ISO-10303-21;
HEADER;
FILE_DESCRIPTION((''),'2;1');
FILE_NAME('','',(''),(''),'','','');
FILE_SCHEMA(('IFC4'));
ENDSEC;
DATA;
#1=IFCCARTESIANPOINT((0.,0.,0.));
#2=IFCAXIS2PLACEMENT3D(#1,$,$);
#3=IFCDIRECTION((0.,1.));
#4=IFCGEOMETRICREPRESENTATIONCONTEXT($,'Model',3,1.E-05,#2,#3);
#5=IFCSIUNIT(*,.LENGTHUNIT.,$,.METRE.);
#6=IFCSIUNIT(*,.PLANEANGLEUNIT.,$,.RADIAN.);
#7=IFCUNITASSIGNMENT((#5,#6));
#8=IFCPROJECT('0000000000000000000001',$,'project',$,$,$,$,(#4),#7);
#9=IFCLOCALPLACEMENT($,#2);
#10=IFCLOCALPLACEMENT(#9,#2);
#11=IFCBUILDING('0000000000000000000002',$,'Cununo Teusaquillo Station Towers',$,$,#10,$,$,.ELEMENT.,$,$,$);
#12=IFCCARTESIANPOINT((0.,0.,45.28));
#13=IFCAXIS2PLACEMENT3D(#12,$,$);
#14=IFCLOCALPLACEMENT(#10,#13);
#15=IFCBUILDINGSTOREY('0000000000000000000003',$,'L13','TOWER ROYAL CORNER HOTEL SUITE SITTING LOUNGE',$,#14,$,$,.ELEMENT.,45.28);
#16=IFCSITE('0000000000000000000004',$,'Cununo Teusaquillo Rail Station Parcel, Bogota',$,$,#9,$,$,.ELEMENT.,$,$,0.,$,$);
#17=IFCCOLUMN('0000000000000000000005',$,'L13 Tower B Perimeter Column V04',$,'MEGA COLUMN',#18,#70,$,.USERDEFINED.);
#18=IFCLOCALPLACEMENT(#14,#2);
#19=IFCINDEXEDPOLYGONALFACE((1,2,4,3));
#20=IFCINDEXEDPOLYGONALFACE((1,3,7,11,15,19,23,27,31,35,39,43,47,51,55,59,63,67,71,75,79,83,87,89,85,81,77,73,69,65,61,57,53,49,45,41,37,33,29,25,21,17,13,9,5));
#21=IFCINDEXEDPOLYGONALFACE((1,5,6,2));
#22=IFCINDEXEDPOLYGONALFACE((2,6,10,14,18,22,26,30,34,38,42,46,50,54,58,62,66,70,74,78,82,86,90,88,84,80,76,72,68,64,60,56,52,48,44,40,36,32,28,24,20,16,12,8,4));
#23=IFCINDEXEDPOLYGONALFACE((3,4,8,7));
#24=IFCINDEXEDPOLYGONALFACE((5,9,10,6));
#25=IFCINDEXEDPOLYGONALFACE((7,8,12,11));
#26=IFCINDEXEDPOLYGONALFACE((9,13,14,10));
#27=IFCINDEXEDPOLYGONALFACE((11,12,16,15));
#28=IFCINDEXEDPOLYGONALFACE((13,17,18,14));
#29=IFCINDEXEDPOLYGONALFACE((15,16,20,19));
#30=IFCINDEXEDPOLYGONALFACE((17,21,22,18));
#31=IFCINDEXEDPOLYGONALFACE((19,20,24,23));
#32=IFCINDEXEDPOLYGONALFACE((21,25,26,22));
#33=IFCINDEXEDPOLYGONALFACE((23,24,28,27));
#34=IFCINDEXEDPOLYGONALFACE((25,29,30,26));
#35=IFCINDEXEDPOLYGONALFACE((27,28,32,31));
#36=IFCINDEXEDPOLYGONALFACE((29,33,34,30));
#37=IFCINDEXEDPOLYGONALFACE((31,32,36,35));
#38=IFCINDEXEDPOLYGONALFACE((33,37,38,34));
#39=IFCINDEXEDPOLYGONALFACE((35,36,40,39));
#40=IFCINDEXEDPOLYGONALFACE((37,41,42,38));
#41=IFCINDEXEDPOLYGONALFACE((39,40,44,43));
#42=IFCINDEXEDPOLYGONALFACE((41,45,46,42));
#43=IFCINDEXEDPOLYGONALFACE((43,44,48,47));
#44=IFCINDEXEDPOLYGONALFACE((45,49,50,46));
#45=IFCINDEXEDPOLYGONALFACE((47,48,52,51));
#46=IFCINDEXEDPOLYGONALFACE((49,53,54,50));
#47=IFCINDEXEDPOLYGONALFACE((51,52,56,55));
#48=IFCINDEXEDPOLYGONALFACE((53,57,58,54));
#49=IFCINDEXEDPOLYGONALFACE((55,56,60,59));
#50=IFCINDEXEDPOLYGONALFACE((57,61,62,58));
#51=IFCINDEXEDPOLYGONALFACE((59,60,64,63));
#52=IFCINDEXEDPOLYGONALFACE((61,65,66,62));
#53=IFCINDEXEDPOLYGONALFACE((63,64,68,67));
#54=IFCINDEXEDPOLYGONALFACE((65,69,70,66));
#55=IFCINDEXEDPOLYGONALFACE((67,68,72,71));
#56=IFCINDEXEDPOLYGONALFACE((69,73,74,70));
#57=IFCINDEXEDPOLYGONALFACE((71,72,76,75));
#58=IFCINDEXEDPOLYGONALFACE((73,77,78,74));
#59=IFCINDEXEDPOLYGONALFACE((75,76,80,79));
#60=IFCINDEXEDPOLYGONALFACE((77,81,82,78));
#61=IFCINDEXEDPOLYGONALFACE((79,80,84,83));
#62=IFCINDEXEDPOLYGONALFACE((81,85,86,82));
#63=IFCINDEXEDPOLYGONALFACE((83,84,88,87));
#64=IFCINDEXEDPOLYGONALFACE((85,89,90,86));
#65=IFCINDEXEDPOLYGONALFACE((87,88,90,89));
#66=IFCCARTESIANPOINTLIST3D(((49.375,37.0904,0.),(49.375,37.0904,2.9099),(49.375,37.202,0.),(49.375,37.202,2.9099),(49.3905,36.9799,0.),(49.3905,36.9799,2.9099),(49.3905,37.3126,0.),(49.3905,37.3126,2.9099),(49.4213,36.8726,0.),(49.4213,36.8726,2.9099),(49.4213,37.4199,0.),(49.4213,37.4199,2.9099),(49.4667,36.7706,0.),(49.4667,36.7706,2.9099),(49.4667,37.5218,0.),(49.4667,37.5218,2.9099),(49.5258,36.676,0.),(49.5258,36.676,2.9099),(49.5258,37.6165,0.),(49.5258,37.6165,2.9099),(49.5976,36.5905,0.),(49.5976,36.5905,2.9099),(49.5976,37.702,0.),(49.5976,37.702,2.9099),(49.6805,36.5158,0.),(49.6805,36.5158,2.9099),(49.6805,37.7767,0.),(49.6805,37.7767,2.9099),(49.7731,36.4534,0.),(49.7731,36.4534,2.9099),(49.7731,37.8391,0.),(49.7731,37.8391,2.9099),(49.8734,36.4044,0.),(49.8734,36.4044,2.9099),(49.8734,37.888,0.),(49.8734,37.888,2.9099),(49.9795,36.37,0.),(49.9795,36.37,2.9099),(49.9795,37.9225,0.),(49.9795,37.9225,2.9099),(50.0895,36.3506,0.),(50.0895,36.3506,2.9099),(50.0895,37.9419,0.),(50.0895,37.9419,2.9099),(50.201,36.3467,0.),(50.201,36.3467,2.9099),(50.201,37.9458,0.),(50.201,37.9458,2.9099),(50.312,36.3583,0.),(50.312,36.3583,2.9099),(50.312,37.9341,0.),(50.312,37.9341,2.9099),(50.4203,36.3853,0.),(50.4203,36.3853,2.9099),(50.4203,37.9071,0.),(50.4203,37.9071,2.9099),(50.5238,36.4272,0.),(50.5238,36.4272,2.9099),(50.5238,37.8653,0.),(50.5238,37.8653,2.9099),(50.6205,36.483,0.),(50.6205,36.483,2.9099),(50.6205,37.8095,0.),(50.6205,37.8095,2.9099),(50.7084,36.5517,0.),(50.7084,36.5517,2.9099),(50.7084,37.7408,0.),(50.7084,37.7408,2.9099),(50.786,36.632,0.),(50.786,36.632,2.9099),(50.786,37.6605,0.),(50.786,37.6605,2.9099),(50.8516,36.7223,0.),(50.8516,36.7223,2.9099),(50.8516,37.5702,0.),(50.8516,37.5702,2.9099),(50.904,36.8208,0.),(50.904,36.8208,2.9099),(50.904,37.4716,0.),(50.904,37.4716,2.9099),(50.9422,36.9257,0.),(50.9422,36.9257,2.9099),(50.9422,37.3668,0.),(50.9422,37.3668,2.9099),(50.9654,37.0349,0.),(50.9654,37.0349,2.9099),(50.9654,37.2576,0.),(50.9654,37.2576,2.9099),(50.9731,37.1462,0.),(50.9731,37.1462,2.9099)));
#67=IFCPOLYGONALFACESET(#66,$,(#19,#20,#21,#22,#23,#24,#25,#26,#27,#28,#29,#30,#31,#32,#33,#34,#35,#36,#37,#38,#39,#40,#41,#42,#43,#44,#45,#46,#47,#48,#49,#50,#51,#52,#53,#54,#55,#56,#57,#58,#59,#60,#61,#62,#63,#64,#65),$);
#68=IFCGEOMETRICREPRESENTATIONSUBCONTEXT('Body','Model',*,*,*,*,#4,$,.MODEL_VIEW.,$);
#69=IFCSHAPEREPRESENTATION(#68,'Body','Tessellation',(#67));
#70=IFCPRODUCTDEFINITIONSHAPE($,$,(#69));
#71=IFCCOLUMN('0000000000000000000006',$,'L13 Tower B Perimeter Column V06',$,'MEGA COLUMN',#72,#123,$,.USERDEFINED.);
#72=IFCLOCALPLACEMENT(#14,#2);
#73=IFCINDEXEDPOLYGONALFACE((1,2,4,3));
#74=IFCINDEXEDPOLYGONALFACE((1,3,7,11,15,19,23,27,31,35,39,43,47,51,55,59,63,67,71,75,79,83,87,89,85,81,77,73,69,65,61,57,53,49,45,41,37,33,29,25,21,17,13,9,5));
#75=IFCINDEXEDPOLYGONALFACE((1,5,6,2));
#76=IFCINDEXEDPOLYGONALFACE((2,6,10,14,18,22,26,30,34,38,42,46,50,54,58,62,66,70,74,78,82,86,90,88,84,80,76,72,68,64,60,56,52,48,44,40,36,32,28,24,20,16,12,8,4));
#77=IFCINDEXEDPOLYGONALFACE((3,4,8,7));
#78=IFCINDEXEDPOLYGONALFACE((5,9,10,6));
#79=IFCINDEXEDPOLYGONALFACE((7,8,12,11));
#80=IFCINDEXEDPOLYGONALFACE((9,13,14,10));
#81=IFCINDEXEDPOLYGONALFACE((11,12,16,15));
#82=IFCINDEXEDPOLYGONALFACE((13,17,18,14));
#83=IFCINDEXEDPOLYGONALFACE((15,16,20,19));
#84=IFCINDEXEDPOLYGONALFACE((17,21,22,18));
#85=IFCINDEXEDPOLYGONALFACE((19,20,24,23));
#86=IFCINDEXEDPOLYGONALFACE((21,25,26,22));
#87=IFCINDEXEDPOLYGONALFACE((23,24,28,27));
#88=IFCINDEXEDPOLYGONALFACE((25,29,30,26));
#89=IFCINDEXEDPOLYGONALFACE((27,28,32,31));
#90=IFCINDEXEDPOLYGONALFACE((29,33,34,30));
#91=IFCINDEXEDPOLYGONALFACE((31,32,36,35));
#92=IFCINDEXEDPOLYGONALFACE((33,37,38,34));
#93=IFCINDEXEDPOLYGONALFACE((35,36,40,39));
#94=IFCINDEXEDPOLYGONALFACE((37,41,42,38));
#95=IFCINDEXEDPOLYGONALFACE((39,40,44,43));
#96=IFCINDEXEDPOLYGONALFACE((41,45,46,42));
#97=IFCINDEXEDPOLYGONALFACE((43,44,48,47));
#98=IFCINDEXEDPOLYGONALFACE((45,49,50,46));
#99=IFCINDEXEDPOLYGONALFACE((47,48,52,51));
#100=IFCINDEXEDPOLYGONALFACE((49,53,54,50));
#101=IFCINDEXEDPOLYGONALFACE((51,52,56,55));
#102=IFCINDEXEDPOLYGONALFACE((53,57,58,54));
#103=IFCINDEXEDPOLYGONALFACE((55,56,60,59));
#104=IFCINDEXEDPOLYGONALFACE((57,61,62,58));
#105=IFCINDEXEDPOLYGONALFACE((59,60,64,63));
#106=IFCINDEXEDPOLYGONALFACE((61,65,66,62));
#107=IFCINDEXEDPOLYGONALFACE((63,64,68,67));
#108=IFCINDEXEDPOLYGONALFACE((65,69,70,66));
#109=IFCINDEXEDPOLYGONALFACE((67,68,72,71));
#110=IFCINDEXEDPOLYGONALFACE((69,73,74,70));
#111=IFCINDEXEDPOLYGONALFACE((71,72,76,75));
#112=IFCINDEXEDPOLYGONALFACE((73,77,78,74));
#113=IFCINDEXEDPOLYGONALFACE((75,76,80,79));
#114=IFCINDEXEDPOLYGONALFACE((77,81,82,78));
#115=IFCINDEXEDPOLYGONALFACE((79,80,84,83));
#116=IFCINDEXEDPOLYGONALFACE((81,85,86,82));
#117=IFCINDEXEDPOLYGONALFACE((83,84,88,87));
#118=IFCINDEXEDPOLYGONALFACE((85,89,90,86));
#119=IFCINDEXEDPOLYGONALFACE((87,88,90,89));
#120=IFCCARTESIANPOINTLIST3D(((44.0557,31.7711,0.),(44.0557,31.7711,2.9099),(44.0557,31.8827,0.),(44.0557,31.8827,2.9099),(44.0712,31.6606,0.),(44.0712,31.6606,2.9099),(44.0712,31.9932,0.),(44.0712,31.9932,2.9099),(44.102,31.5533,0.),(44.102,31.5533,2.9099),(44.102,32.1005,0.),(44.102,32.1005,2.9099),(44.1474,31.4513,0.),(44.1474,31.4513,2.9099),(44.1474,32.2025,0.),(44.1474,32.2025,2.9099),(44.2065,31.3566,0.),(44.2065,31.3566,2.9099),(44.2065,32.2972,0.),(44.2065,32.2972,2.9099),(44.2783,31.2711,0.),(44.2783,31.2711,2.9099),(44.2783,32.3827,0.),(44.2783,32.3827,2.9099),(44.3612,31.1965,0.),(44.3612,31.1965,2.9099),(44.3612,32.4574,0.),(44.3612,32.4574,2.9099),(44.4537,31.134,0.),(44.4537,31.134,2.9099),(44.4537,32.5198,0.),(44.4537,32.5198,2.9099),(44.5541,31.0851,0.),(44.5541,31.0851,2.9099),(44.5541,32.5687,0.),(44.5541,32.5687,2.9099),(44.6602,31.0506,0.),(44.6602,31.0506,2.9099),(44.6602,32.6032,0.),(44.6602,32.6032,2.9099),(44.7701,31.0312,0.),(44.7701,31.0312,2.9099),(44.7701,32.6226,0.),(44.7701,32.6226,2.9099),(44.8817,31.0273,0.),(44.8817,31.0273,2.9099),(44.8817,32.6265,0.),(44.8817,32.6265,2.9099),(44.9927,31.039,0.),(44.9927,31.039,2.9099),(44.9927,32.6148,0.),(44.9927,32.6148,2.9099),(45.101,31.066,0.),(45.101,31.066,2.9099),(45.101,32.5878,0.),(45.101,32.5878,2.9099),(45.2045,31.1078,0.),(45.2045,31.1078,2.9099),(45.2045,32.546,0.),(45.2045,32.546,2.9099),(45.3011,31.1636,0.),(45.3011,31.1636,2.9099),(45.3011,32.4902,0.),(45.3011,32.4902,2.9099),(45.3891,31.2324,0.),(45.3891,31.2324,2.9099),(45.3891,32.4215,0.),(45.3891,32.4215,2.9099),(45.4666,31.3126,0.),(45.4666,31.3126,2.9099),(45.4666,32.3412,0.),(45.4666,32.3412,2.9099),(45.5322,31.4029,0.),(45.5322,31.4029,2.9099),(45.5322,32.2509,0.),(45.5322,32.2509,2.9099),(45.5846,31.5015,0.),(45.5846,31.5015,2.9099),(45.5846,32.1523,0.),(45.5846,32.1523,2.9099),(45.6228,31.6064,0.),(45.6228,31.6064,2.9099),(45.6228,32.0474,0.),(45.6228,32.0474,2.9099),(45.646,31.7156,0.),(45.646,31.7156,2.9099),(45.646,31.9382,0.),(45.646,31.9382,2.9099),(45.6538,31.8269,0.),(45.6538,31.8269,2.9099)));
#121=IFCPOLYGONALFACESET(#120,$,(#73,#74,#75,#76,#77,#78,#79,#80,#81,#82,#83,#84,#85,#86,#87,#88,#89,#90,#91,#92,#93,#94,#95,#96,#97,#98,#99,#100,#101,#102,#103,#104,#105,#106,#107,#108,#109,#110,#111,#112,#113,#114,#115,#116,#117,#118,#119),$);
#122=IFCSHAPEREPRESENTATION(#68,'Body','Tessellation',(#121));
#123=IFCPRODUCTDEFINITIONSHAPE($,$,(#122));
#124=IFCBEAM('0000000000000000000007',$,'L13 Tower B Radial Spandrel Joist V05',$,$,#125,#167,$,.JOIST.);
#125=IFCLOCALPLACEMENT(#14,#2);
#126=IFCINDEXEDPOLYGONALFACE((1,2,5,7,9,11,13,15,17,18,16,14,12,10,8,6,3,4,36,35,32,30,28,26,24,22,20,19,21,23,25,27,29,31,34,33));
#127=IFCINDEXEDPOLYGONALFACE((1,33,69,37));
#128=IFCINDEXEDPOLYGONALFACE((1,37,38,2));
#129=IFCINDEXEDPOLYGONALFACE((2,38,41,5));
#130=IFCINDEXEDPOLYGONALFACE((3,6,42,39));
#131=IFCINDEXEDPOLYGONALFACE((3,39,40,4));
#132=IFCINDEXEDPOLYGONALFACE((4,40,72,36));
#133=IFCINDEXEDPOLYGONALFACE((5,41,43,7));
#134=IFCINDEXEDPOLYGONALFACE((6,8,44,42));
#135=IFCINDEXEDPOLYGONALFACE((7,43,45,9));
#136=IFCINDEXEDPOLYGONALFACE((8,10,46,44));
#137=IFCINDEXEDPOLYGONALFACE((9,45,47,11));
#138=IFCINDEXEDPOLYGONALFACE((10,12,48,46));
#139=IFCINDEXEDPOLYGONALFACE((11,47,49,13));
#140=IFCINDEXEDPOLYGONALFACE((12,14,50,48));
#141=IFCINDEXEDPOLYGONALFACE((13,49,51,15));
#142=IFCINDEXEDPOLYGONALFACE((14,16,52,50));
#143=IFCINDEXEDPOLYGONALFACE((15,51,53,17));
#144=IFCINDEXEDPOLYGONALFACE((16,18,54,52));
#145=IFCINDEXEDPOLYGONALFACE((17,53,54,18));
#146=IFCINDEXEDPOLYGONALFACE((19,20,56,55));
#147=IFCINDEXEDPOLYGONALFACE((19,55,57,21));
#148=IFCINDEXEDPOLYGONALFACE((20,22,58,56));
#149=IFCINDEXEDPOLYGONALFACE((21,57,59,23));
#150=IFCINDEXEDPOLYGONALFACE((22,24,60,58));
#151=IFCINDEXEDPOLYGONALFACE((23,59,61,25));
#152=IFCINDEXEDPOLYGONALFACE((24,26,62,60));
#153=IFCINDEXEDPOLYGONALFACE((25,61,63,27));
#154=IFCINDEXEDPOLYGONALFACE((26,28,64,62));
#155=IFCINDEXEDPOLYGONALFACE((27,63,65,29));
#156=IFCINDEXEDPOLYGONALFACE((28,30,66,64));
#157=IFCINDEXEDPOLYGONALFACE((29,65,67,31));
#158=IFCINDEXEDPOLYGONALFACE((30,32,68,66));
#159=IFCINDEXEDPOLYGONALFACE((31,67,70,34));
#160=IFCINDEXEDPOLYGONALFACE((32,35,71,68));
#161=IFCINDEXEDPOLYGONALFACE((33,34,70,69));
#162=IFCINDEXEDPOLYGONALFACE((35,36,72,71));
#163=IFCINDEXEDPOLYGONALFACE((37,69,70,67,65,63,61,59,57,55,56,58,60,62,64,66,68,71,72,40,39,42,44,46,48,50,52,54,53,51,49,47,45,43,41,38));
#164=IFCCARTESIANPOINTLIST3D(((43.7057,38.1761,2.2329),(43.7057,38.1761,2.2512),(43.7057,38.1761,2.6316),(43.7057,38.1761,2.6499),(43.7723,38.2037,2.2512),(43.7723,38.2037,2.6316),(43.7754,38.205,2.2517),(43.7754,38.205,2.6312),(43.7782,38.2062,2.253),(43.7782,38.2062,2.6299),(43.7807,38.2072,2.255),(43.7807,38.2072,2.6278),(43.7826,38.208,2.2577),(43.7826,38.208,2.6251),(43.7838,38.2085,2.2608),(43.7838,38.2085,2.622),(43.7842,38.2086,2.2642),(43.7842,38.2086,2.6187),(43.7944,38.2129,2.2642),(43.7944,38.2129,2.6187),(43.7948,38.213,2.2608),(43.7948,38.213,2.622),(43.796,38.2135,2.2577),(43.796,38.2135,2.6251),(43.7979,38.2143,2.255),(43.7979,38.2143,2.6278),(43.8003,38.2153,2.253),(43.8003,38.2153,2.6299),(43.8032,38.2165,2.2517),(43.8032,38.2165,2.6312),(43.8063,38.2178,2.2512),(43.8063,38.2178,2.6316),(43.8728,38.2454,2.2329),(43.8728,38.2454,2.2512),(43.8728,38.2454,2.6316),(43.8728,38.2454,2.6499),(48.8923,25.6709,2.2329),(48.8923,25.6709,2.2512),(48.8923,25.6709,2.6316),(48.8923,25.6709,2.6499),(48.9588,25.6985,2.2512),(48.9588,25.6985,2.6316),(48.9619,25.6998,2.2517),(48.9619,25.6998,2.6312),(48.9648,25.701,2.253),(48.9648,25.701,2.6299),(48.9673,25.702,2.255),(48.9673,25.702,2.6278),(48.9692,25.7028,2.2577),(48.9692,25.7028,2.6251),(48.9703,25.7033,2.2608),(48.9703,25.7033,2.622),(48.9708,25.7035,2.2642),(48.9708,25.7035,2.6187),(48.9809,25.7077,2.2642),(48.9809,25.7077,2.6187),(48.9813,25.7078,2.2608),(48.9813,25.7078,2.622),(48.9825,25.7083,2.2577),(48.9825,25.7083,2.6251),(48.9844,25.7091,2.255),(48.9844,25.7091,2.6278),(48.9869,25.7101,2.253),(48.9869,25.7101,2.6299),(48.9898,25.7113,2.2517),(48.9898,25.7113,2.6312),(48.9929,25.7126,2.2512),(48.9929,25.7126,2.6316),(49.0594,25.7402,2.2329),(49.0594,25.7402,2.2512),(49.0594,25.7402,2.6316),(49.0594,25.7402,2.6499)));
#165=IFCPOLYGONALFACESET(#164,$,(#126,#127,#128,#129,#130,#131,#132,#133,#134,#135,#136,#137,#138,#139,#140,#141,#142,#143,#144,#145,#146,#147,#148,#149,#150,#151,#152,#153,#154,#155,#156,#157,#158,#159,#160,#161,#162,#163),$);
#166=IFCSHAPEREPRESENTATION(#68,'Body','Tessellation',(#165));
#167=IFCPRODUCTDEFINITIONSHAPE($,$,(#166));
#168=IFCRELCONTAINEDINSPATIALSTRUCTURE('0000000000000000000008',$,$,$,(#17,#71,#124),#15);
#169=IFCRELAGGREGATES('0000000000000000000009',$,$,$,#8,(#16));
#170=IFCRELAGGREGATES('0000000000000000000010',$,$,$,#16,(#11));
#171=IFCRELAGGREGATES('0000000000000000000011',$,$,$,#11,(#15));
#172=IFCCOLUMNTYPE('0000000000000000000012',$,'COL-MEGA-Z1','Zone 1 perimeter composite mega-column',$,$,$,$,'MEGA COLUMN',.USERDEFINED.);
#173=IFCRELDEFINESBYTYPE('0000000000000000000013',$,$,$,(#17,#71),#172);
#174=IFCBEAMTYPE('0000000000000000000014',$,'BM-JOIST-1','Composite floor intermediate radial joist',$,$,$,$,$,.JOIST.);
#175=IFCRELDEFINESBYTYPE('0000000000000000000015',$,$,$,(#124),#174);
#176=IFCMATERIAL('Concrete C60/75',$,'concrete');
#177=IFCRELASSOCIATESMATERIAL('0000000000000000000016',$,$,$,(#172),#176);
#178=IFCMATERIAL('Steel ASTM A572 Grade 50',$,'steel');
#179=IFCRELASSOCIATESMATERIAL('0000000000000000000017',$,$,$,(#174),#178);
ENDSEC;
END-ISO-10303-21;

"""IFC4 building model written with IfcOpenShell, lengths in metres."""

from ifc_helpers import new_model, si_unit, direction, frame, origin, origin_2d, place, context, subcontext, project, spatial, circle, i_section, extrude, material, material_profile, profile_set, type_object, element, save


model = new_model("IFC4")

# Units and contexts
model_context = context("Model", 3, precision=1e-05, world=origin(), true_north=direction((0.0, 1.0)))
body_context = subcontext(model_context, "Body", "Model", "MODEL_VIEW")
ifc_project = project(units=[si_unit("LENGTHUNIT", "METRE"), si_unit("PLANEANGLEUNIT", "RADIAN")], contexts=[model_context])

# Site, building, storey
site_placement = place(None, origin())
site = spatial("IfcSite", under=ifc_project, at=site_placement, Name="Cununo Teusaquillo Rail Station Parcel, Bogota", CompositionType="ELEMENT", RefElevation=0.0)
building_placement = place(site_placement, origin())
building = spatial("IfcBuilding", under=site, at=building_placement, Name="Cununo Teusaquillo Station Towers", CompositionType="ELEMENT")
storey_placement = place(building_placement, frame((0.0, 0.0, 45.28)))
storey = spatial("IfcBuildingStorey", under=building, at=storey_placement, Name="L13", Description="TOWER ROYAL CORNER HOTEL SUITE SITTING LOUNGE", CompositionType="ELEMENT", Elevation=45.28)

# Columns
ifc_material_1 = material(Name="Concrete C60/75", Category="concrete")
ifc_material_profile_1 = material_profile(ifc_material_1, circle(Radius=0.8, at=origin_2d()), Name="RC-CIRC-1600")
ifc_profile_set_1 = profile_set([ifc_material_profile_1], Name="Concrete C60/75")
column_type = type_object("IfcColumnType", Name="COL-MEGA-Z1", Description="Zone 1 perimeter composite mega-column", ElementType="MEGA COLUMN", PredefinedType="USERDEFINED", material=ifc_profile_set_1)
for number, where, z_axis, x_axis, name in (
    (1, (50.1731, 37.1462, 0.0), (0.0, 0.0, 1.0), (1.0, 0.0, 0.0), "L13 Tower B Perimeter Column V04"),
    (2, (44.8538, 31.8269, 0.0), (0.0, 0.0, 1.0), (1.0, 0.0, 0.0), "L13 Tower B Perimeter Column V06"),
):
    element("IfcColumn", number, at=place(storey_placement, frame(where, z_axis=z_axis, x_axis=x_axis)), inside=storey, type_object=column_type, Name=name, ObjectType="MEGA COLUMN", PredefinedType="USERDEFINED", context=body_context, shape_type="SweptSolid", body=[
        extrude(circle(Radius=0.8, at=origin_2d()), origin(), (0.0, 0.0, 1.0), 2.9099),
    ])

# Beam
ifc_material_2 = material(Name="Steel ASTM A572 Grade 50", Category="steel")
ifc_material_profile_2 = material_profile(ifc_material_2, i_section(OverallWidth=0.1809, OverallDepth=0.417, WebThickness=0.011, FlangeThickness=0.0183, FilletRadius=0.0129, at=origin_2d()), Name="W16X57")
ifc_profile_set_2 = profile_set([ifc_material_profile_2], Name="Steel ASTM A572 Grade 50")
beam_type_1 = type_object("IfcBeamType", Name="BM-JOIST-1", Description="Composite floor intermediate radial joist", PredefinedType="JOIST", material=ifc_profile_set_2)
beam_1_placement = place(storey_placement, frame((48.9758, 25.7056, 2.4414), z_axis=(-0.383108, 0.923704, 0.0), x_axis=(-0.923704, -0.383108, 0.0)))
element("IfcBeam", 3, at=beam_1_placement, inside=storey, type_object=beam_type_1, Name="L13 Tower B Radial Spandrel Joist V05", PredefinedType="JOIST", context=body_context, shape_type="SweptSolid", body=[
    extrude(i_section(OverallWidth=0.1809, OverallDepth=0.417, WebThickness=0.011, FlangeThickness=0.0183, FilletRadius=0.0129, at=origin_2d()), origin(), (0.0, 0.0, 1.0), 13.5381),
])

save(model, "model.ifc")
